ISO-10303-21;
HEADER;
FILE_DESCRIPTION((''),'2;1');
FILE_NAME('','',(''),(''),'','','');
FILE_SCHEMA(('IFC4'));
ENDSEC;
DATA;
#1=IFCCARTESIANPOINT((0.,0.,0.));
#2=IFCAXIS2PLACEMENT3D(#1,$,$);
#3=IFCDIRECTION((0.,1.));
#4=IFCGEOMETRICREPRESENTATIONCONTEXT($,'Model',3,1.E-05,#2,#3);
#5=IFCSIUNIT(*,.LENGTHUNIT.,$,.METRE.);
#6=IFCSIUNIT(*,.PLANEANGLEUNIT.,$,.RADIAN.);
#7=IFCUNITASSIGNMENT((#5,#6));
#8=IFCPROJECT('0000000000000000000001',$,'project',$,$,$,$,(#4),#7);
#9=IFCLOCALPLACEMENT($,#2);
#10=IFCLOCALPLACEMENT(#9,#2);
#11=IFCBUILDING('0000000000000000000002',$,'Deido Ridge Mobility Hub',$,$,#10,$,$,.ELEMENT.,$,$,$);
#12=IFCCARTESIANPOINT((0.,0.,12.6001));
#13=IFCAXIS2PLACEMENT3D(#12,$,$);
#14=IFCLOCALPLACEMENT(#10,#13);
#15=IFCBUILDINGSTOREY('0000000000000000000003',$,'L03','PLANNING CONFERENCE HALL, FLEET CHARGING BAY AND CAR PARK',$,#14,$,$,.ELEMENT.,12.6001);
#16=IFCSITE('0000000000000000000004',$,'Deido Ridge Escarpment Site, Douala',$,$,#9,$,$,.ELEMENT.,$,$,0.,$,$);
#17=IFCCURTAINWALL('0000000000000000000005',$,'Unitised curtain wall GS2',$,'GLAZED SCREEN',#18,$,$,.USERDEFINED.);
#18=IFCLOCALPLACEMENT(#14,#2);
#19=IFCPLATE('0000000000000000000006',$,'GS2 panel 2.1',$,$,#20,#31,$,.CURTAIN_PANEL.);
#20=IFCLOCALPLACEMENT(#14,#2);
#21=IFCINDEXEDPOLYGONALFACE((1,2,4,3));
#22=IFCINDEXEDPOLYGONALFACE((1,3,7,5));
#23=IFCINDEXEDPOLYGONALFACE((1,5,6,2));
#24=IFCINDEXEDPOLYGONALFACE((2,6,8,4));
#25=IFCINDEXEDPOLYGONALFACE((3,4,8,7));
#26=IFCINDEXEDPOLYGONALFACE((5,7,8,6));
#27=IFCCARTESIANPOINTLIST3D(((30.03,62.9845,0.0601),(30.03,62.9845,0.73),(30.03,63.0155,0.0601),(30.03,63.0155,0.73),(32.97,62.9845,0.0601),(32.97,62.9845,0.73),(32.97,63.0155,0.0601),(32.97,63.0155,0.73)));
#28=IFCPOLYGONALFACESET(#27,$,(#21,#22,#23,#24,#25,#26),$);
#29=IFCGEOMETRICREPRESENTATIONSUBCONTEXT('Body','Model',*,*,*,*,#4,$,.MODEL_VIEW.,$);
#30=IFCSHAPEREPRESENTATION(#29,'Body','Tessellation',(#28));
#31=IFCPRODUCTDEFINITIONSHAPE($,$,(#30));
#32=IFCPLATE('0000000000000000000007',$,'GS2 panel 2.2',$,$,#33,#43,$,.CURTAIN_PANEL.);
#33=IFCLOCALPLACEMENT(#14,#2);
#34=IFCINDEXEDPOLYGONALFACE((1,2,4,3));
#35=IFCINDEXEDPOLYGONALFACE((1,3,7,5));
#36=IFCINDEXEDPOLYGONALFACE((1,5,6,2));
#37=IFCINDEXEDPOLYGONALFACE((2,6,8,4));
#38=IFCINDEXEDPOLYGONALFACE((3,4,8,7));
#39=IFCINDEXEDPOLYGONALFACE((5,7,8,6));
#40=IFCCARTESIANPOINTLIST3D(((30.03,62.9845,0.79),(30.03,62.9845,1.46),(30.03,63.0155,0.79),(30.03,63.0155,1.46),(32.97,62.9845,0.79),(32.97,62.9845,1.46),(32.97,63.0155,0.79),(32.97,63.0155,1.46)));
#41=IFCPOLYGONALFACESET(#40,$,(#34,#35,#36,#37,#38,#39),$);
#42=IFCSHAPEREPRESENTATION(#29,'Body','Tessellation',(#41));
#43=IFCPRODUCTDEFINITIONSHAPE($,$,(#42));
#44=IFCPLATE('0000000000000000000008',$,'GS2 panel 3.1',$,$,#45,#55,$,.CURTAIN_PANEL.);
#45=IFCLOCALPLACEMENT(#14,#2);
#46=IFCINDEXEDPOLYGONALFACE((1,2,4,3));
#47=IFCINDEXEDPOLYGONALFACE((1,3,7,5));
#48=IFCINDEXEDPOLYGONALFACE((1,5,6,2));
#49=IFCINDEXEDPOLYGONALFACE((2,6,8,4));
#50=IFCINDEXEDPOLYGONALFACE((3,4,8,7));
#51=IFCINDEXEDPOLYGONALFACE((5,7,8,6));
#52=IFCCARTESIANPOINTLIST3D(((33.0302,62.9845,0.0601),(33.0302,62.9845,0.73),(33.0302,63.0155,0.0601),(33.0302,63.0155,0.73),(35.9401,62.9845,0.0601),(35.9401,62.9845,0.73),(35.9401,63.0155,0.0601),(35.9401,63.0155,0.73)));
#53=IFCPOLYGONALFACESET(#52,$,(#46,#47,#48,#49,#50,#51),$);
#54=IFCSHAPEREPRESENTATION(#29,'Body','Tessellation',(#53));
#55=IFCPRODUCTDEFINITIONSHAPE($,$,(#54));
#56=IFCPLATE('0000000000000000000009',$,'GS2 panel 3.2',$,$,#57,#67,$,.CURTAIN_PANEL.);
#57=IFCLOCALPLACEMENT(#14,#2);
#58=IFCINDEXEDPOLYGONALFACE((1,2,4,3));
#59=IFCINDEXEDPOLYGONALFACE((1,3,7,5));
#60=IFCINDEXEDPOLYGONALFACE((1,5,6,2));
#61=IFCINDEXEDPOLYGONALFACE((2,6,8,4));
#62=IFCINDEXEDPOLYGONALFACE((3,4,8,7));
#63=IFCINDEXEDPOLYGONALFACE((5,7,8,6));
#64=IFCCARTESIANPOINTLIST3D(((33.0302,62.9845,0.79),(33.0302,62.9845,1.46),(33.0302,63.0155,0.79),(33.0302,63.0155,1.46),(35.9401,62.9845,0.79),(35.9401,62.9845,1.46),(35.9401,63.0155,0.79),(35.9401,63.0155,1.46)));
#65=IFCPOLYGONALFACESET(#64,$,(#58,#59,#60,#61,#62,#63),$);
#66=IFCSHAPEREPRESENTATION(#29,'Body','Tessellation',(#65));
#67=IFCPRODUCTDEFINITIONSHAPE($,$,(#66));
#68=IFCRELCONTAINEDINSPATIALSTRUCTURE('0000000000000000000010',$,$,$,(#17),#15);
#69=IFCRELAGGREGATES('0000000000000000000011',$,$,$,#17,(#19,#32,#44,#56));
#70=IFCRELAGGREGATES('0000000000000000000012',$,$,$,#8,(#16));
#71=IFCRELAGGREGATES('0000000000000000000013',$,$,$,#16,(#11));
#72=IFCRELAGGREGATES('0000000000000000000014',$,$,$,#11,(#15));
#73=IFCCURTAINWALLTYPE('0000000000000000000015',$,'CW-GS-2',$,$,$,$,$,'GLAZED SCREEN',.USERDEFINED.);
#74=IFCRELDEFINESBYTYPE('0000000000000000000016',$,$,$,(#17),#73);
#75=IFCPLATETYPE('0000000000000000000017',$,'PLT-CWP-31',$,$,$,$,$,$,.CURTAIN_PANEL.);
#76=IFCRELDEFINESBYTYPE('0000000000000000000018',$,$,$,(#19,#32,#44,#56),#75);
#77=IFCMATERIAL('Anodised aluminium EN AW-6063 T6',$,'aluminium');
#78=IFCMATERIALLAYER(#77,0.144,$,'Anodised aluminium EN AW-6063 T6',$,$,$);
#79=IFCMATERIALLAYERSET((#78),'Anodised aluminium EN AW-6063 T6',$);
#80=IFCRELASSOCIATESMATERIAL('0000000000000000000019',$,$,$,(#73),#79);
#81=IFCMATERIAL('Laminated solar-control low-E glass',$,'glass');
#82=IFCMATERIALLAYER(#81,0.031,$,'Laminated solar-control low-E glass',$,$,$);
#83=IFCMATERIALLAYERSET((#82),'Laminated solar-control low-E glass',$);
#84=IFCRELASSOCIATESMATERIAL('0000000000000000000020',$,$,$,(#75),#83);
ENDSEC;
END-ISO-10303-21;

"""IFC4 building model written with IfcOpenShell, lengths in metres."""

from ifc_helpers import new_model, si_unit, direction, frame, origin, origin_2d, place, context, subcontext, project, spatial, rectangle, extrude, material, layer, layer_set, type_object, element, aggregate, save


model = new_model("IFC4")

# Units and contexts
model_context = context("Model", 3, precision=1e-05, world=origin(), true_north=direction((0.0, 1.0)))
body_context = subcontext(model_context, "Body", "Model", "MODEL_VIEW")
ifc_project = project(units=[si_unit("LENGTHUNIT", "METRE"), si_unit("PLANEANGLEUNIT", "RADIAN")], contexts=[model_context])

# Site, building, storey
site_placement = place(None, origin())
site = spatial("IfcSite", under=ifc_project, at=site_placement, Name="Deido Ridge Escarpment Site, Douala", CompositionType="ELEMENT", RefElevation=0.0)
building_placement = place(site_placement, origin())
building = spatial("IfcBuilding", under=site, at=building_placement, Name="Deido Ridge Mobility Hub", CompositionType="ELEMENT")
storey_placement = place(building_placement, frame((0.0, 0.0, 12.6001)))
storey = spatial("IfcBuildingStorey", under=building, at=storey_placement, Name="L03", Description="PLANNING CONFERENCE HALL, FLEET CHARGING BAY AND CAR PARK", CompositionType="ELEMENT", Elevation=12.6001)

# Curtain wall
ifc_material_1 = material(Name="Anodised aluminium EN AW-6063 T6", Category="aluminium")
ifc_layer_1 = layer(ifc_material_1, 0.144, Name="Anodised aluminium EN AW-6063 T6")
ifc_layer_set_1 = layer_set([ifc_layer_1], Name="Anodised aluminium EN AW-6063 T6")
curtain_wall_type = type_object("IfcCurtainWallType", Name="CW-GS-2", ElementType="GLAZED SCREEN", PredefinedType="USERDEFINED", material=ifc_layer_set_1)
curtain_wall_placement = place(storey_placement, origin())
curtain_wall = element("IfcCurtainWall", 1, at=curtain_wall_placement, inside=storey, type_object=curtain_wall_type, Name="Unitised curtain wall GS2", ObjectType="GLAZED SCREEN", PredefinedType="USERDEFINED")

# Plates
ifc_material_2 = material(Name="Laminated solar-control low-E glass", Category="glass")
ifc_layer_2 = layer(ifc_material_2, 0.031, Name="Laminated solar-control low-E glass")
ifc_layer_set_2 = layer_set([ifc_layer_2], Name="Laminated solar-control low-E glass")
plate_type_1 = type_object("IfcPlateType", Name="PLT-CWP-31", PredefinedType="CURTAIN_PANEL", material=ifc_layer_set_2)
plate_1_placement = place(storey_placement, frame((31.5, 63.0, 0.0601), z_axis=(0.0, 0.0, 1.0), x_axis=(1.0, 0.0, 0.0)))
plate_1 = element("IfcPlate", 2, at=plate_1_placement, type_object=plate_type_1, Name="GS2 panel 2.1", PredefinedType="CURTAIN_PANEL", context=body_context, shape_type="SweptSolid", body=[
    extrude(rectangle(XDim=2.9399, YDim=0.031, at=origin_2d()), origin(), (0.0, 0.0, 1.0), 0.6699),
])
plate_2_placement = place(storey_placement, frame((31.5, 63.0, 0.79), z_axis=(0.0, 0.0, 1.0), x_axis=(1.0, 0.0, 0.0)))
plate_2 = element("IfcPlate", 3, at=plate_2_placement, type_object=plate_type_1, Name="GS2 panel 2.2", PredefinedType="CURTAIN_PANEL", context=body_context, shape_type="SweptSolid", body=[
    extrude(rectangle(XDim=2.9399, YDim=0.031, at=origin_2d()), origin(), (0.0, 0.0, 1.0), 0.6699),
])
plate_3_placement = place(storey_placement, frame((34.4851, 63.0, 0.0601), z_axis=(0.0, 0.0, 1.0), x_axis=(1.0, 0.0, 0.0)))
plate_3 = element("IfcPlate", 4, at=plate_3_placement, type_object=plate_type_1, Name="GS2 panel 3.1", PredefinedType="CURTAIN_PANEL", context=body_context, shape_type="SweptSolid", body=[
    extrude(rectangle(XDim=2.9099, YDim=0.031, at=origin_2d()), origin(), (0.0, 0.0, 1.0), 0.6699),
])
plate_4_placement = place(storey_placement, frame((34.4851, 63.0, 0.79), z_axis=(0.0, 0.0, 1.0), x_axis=(1.0, 0.0, 0.0)))
plate_4 = element("IfcPlate", 5, at=plate_4_placement, type_object=plate_type_1, Name="GS2 panel 3.2", PredefinedType="CURTAIN_PANEL", context=body_context, shape_type="SweptSolid", body=[
    extrude(rectangle(XDim=2.9099, YDim=0.031, at=origin_2d()), origin(), (0.0, 0.0, 1.0), 0.6699),
])
aggregate(curtain_wall, [plate_1, plate_2, plate_3, plate_4])

save(model, "model.ifc")
